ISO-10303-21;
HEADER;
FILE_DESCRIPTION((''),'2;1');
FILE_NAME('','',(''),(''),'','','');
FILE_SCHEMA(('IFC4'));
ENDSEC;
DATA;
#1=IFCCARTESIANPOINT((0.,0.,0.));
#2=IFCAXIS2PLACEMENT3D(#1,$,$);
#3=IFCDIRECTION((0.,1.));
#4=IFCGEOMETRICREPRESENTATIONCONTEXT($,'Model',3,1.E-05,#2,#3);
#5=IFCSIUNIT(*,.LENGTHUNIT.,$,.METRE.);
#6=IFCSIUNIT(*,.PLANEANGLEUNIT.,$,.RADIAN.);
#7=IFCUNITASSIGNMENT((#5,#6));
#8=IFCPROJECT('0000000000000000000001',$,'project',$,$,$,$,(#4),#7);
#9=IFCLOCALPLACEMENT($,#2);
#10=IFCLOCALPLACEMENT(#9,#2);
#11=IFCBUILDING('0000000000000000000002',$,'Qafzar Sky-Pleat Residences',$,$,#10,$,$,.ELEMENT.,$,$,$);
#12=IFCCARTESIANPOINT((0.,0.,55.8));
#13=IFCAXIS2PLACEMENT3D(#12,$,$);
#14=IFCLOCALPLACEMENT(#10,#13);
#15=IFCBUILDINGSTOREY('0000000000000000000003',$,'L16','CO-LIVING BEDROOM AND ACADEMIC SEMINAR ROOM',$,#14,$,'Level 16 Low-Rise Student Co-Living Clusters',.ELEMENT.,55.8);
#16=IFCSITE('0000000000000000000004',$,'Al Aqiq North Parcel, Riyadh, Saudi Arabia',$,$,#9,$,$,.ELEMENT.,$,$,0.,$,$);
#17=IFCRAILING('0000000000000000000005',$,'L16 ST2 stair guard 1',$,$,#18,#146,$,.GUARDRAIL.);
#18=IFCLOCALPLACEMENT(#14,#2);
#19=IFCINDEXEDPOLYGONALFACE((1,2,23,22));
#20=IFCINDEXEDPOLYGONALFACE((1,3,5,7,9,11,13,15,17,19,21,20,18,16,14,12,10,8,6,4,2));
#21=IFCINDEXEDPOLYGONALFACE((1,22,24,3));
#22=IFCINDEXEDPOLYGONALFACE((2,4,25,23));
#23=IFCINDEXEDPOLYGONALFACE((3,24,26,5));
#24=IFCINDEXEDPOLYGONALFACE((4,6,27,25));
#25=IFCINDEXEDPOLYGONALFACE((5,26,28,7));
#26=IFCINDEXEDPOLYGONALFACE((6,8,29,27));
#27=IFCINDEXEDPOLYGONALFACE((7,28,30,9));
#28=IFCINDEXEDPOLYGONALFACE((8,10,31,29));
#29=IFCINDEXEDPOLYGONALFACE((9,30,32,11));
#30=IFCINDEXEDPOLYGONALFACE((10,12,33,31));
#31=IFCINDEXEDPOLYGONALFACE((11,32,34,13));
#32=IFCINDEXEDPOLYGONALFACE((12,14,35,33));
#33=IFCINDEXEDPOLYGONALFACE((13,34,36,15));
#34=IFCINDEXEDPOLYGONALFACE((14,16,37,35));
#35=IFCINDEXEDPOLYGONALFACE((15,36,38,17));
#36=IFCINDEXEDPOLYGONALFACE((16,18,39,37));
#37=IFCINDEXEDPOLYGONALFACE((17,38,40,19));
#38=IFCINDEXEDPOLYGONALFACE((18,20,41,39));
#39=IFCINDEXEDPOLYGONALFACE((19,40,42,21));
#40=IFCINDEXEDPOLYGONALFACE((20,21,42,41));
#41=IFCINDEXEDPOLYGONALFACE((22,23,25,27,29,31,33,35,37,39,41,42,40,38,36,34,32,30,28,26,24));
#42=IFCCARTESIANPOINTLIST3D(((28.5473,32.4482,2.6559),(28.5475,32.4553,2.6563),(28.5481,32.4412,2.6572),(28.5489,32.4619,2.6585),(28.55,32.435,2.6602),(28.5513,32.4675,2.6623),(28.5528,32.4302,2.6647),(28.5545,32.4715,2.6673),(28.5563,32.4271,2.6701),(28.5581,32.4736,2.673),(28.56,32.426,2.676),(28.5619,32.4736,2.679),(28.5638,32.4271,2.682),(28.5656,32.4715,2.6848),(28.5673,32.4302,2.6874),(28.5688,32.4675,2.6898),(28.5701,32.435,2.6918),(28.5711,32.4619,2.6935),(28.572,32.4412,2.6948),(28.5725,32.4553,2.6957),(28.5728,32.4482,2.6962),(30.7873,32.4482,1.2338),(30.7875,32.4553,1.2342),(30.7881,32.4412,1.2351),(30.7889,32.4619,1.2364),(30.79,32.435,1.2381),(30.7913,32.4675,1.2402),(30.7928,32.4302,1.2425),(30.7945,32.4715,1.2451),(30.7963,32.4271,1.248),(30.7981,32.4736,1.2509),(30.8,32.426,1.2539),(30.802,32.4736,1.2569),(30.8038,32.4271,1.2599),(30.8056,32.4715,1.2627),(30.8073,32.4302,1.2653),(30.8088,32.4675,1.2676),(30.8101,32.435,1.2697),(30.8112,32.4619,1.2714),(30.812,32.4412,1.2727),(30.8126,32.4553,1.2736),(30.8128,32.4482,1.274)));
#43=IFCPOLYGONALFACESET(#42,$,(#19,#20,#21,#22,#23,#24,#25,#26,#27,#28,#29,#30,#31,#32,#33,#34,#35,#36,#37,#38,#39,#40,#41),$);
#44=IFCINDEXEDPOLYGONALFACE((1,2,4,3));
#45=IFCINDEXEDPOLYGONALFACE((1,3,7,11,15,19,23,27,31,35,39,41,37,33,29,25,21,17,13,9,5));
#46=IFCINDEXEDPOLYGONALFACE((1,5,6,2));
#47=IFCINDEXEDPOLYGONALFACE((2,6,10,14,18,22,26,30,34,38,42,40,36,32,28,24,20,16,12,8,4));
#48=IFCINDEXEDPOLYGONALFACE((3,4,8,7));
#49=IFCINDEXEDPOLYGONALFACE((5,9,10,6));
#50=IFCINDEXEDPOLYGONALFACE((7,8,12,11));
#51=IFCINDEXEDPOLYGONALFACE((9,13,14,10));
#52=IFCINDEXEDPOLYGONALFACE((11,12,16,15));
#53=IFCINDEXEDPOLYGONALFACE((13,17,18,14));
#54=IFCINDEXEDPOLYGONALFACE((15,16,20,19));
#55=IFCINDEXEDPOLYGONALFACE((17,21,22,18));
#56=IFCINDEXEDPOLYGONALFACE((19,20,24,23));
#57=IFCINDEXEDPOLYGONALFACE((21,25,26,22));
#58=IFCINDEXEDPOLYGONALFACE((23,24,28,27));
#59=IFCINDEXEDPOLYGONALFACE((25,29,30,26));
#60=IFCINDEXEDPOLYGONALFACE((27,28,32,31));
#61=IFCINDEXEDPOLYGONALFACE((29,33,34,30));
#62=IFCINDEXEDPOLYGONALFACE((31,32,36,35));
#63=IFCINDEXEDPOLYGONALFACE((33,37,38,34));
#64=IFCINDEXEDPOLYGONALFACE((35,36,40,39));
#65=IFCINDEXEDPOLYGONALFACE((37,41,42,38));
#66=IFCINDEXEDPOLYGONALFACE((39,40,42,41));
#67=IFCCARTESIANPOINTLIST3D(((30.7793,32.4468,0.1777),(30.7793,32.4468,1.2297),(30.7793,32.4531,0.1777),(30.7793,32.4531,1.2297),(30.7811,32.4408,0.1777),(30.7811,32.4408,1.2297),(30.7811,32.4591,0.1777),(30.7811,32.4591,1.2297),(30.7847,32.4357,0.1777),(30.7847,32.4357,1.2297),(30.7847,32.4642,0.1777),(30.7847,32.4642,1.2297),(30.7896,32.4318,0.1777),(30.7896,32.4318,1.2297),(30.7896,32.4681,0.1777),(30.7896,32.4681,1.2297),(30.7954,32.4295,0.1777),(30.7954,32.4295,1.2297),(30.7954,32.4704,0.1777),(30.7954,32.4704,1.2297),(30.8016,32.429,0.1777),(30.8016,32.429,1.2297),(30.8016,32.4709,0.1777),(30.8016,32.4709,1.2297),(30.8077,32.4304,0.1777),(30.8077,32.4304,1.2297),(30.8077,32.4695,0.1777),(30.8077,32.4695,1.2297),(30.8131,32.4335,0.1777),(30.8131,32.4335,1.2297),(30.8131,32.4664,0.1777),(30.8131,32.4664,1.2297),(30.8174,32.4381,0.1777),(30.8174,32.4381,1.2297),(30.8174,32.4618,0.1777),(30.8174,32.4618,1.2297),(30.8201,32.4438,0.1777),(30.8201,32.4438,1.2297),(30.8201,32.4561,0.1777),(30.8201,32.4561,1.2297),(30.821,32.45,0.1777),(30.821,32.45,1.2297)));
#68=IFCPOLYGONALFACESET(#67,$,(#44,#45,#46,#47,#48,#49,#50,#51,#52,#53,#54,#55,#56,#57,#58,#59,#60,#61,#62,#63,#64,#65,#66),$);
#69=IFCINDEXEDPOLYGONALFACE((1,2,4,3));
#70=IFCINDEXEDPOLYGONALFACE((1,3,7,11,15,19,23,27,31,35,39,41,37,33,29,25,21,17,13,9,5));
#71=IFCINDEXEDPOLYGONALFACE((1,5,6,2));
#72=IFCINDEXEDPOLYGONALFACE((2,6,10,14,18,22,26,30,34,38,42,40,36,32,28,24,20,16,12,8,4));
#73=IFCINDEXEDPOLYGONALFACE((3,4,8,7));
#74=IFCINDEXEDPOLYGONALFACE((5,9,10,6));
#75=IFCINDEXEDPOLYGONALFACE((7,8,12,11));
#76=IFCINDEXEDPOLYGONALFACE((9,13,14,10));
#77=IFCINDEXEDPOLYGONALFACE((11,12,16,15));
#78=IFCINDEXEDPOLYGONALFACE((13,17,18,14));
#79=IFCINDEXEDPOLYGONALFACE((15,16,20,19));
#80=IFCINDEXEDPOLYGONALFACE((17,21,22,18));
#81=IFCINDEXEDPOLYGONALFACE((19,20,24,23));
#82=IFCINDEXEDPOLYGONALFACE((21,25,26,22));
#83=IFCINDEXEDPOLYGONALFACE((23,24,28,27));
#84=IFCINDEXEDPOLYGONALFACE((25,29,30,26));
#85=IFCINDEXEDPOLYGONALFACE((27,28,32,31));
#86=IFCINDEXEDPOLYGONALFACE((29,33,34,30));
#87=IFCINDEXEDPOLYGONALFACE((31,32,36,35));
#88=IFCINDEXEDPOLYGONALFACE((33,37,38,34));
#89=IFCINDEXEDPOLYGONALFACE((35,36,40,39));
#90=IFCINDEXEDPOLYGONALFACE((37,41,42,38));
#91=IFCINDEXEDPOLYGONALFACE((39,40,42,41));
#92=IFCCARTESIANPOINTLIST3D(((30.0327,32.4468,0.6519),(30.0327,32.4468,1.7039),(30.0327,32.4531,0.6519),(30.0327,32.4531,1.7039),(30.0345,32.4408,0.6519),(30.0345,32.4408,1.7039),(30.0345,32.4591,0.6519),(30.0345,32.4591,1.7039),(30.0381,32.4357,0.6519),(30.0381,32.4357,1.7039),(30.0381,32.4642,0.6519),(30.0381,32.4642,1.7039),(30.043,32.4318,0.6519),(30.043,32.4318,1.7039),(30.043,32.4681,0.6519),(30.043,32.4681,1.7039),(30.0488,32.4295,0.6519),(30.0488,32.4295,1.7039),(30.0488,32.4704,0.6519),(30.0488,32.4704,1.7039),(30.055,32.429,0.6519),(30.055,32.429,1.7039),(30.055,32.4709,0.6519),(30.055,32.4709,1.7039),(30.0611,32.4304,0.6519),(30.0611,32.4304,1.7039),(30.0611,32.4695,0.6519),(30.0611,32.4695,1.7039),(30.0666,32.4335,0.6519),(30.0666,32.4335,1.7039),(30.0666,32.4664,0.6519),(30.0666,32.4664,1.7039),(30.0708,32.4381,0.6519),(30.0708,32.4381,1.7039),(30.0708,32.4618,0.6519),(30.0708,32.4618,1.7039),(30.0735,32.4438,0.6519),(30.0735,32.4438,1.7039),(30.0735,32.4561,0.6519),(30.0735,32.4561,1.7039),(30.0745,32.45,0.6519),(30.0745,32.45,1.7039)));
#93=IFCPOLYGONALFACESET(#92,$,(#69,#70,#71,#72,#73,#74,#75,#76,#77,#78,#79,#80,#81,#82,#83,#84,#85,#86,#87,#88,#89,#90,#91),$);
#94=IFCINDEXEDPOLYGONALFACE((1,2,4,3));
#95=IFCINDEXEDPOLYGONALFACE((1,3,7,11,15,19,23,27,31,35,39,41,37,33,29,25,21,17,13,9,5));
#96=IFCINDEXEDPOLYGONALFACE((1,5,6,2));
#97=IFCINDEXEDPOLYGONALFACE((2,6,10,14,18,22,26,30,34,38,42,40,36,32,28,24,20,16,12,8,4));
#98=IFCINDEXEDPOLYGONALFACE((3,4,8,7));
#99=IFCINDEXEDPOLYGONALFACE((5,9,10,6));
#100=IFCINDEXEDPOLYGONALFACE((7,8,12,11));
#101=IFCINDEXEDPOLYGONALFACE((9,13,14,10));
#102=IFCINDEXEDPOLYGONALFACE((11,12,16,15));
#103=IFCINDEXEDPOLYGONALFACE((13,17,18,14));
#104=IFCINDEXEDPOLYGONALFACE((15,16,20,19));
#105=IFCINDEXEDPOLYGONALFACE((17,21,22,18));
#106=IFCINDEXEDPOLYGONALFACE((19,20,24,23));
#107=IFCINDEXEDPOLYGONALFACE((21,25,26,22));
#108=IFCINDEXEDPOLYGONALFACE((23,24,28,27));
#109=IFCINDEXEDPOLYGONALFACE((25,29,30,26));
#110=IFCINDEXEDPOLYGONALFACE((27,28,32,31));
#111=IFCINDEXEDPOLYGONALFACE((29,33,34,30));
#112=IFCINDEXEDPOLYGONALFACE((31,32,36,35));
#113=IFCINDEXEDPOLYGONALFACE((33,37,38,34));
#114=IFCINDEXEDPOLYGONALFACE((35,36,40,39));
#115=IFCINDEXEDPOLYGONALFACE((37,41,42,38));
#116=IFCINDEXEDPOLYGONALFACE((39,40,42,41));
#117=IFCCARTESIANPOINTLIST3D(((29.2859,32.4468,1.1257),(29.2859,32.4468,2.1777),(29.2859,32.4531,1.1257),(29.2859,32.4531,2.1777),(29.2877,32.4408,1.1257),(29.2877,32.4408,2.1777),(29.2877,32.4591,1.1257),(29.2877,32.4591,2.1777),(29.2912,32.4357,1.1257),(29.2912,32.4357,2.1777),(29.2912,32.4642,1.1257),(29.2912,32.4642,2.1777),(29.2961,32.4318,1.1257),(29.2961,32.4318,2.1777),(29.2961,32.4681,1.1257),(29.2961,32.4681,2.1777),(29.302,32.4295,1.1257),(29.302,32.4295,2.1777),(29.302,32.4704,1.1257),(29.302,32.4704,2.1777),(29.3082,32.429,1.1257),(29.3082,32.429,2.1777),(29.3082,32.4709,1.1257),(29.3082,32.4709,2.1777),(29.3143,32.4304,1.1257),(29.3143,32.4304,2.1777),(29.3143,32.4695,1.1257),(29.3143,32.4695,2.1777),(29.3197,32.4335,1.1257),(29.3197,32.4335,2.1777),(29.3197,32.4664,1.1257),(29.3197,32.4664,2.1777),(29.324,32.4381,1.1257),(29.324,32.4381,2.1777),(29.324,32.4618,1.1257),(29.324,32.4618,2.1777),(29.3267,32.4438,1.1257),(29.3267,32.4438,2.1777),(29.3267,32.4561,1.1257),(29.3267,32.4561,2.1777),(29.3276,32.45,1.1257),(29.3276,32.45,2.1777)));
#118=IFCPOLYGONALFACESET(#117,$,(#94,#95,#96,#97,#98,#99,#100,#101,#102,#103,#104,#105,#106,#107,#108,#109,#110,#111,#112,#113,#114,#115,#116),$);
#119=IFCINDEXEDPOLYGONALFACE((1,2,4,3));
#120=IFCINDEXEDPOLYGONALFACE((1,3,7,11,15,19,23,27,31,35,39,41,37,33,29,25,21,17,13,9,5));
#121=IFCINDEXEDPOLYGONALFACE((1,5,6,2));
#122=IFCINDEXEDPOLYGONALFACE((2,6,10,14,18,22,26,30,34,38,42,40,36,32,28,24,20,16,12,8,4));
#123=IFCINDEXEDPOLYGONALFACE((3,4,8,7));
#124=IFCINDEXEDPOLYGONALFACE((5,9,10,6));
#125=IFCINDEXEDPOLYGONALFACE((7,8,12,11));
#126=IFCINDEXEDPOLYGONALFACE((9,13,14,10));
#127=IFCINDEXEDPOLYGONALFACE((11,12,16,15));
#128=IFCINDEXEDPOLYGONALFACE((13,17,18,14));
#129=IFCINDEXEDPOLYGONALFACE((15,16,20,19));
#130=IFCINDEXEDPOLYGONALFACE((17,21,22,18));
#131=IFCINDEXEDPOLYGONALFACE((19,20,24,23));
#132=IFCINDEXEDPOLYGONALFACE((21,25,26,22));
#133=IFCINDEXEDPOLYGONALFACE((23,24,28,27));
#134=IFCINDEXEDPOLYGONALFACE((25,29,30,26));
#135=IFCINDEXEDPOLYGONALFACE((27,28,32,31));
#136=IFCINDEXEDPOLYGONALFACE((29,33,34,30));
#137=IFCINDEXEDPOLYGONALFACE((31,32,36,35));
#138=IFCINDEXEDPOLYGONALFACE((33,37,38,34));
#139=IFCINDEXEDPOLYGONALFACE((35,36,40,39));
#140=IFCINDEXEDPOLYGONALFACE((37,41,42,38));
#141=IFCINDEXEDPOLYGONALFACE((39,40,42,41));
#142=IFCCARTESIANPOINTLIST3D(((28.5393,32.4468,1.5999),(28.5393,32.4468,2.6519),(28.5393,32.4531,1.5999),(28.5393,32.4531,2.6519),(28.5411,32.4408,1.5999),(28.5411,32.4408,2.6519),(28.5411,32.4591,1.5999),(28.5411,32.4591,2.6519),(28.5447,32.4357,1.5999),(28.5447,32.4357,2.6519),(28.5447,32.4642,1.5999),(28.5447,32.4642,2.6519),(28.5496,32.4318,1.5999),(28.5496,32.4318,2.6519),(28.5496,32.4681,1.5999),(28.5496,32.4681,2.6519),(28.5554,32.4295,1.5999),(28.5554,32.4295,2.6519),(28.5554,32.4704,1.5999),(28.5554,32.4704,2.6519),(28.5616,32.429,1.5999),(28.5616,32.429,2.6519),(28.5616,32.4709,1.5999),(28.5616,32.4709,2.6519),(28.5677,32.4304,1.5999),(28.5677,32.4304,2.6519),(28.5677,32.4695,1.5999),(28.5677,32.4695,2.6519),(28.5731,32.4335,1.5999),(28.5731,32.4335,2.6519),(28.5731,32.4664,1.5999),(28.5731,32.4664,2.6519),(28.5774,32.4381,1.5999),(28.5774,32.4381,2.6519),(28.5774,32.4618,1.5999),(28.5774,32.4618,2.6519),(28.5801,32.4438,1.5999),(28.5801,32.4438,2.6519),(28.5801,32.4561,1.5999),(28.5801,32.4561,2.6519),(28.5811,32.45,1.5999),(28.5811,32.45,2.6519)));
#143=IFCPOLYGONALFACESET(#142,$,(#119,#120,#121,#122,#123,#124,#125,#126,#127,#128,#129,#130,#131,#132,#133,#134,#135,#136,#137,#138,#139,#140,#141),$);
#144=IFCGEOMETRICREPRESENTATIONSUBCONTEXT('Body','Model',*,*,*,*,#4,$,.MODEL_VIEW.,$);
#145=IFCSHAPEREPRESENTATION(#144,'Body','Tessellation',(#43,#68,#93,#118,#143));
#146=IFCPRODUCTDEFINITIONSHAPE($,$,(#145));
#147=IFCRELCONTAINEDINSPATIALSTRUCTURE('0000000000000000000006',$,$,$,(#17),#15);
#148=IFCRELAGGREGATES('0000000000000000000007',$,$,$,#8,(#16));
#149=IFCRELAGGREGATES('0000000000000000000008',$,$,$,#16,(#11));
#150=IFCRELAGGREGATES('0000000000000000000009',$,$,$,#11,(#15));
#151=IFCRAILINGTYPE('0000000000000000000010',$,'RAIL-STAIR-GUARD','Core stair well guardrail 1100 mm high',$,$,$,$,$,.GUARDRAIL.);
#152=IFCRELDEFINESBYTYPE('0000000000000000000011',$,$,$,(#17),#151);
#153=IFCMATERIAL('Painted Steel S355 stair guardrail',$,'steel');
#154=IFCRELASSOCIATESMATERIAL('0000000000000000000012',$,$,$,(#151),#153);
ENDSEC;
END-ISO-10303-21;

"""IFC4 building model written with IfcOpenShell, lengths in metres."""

from ifc_helpers import new_model, si_unit, direction, frame, origin, origin_2d, place, context, subcontext, project, spatial, circle, extrude, source, transform, mapped, material, type_object, element, save


model = new_model("IFC4")

# Units and contexts
model_context = context("Model", 3, precision=1e-05, world=origin(), true_north=direction((0.0, 1.0)))
body_context = subcontext(model_context, "Body", "Model", "MODEL_VIEW")
ifc_project = project(units=[si_unit("LENGTHUNIT", "METRE"), si_unit("PLANEANGLEUNIT", "RADIAN")], contexts=[model_context])

# Site, building, storey
site_placement = place(None, origin())
site = spatial("IfcSite", under=ifc_project, at=site_placement, Name="Al Aqiq North Parcel, Riyadh, Saudi Arabia", CompositionType="ELEMENT", RefElevation=0.0)
building_placement = place(site_placement, origin())
building = spatial("IfcBuilding", under=site, at=building_placement, Name="Qafzar Sky-Pleat Residences", CompositionType="ELEMENT")
storey_placement = place(building_placement, frame((0.0, 0.0, 55.8)))
storey = spatial("IfcBuildingStorey", under=building, at=storey_placement, Name="L16", Description="CO-LIVING BEDROOM AND ACADEMIC SEMINAR ROOM", LongName="Level 16 Low-Rise Student Co-Living Clusters", CompositionType="ELEMENT", Elevation=55.8)

# Railing
ifc_material_1 = material(Name="Painted Steel S355 stair guardrail", Category="steel")
railing_type_1 = type_object("IfcRailingType", Name="RAIL-STAIR-GUARD", Description="Core stair well guardrail 1100 mm high", PredefinedType="GUARDRAIL", material=ifc_material_1)
shared_shape_1 = source(origin(), body_context, "Body", "SweptSolid", [
    extrude(circle(Radius=0.0239, at=origin_2d()), frame((0.0, 0.0, 1.0762), z_axis=(-0.844229, 0.0, 0.535982), x_axis=(0.0, -1.0, 0.0)), (0.0, 0.0, 1.0), 2.6533),
    extrude(circle(Radius=0.021, at=origin_2d()), origin(), (0.0, 0.0, 1.0), 1.052),
    extrude(circle(Radius=0.021, at=origin_2d()), frame((-0.7466, 0.0, 0.4741)), (0.0, 0.0, 1.0), 1.052),
    extrude(circle(Radius=0.021, at=origin_2d()), frame((-1.4934, 0.0, 0.948)), (0.0, 0.0, 1.0), 1.052),
    extrude(circle(Radius=0.021, at=origin_2d()), frame((-2.24, 0.0, 1.4221)), (0.0, 0.0, 1.0), 1.052),
])
railing_1_placement = place(storey_placement, frame((30.8, 32.45, 0.1777)))
element("IfcRailing", 1, at=railing_1_placement, inside=storey, type_object=railing_type_1, Name="L16 ST2 stair guard 1", PredefinedType="GUARDRAIL", context=body_context, shape_type="MappedRepresentation", body=[
    mapped(shared_shape_1, transform((0.0, 0.0, 0.0), x_axis=(1.0, 0.0, 0.0), y_axis=(0.0, 1.0, 0.0), z_axis=(0.0, 0.0, 1.0), scale=1.0)),
])

save(model, "model.ifc")
